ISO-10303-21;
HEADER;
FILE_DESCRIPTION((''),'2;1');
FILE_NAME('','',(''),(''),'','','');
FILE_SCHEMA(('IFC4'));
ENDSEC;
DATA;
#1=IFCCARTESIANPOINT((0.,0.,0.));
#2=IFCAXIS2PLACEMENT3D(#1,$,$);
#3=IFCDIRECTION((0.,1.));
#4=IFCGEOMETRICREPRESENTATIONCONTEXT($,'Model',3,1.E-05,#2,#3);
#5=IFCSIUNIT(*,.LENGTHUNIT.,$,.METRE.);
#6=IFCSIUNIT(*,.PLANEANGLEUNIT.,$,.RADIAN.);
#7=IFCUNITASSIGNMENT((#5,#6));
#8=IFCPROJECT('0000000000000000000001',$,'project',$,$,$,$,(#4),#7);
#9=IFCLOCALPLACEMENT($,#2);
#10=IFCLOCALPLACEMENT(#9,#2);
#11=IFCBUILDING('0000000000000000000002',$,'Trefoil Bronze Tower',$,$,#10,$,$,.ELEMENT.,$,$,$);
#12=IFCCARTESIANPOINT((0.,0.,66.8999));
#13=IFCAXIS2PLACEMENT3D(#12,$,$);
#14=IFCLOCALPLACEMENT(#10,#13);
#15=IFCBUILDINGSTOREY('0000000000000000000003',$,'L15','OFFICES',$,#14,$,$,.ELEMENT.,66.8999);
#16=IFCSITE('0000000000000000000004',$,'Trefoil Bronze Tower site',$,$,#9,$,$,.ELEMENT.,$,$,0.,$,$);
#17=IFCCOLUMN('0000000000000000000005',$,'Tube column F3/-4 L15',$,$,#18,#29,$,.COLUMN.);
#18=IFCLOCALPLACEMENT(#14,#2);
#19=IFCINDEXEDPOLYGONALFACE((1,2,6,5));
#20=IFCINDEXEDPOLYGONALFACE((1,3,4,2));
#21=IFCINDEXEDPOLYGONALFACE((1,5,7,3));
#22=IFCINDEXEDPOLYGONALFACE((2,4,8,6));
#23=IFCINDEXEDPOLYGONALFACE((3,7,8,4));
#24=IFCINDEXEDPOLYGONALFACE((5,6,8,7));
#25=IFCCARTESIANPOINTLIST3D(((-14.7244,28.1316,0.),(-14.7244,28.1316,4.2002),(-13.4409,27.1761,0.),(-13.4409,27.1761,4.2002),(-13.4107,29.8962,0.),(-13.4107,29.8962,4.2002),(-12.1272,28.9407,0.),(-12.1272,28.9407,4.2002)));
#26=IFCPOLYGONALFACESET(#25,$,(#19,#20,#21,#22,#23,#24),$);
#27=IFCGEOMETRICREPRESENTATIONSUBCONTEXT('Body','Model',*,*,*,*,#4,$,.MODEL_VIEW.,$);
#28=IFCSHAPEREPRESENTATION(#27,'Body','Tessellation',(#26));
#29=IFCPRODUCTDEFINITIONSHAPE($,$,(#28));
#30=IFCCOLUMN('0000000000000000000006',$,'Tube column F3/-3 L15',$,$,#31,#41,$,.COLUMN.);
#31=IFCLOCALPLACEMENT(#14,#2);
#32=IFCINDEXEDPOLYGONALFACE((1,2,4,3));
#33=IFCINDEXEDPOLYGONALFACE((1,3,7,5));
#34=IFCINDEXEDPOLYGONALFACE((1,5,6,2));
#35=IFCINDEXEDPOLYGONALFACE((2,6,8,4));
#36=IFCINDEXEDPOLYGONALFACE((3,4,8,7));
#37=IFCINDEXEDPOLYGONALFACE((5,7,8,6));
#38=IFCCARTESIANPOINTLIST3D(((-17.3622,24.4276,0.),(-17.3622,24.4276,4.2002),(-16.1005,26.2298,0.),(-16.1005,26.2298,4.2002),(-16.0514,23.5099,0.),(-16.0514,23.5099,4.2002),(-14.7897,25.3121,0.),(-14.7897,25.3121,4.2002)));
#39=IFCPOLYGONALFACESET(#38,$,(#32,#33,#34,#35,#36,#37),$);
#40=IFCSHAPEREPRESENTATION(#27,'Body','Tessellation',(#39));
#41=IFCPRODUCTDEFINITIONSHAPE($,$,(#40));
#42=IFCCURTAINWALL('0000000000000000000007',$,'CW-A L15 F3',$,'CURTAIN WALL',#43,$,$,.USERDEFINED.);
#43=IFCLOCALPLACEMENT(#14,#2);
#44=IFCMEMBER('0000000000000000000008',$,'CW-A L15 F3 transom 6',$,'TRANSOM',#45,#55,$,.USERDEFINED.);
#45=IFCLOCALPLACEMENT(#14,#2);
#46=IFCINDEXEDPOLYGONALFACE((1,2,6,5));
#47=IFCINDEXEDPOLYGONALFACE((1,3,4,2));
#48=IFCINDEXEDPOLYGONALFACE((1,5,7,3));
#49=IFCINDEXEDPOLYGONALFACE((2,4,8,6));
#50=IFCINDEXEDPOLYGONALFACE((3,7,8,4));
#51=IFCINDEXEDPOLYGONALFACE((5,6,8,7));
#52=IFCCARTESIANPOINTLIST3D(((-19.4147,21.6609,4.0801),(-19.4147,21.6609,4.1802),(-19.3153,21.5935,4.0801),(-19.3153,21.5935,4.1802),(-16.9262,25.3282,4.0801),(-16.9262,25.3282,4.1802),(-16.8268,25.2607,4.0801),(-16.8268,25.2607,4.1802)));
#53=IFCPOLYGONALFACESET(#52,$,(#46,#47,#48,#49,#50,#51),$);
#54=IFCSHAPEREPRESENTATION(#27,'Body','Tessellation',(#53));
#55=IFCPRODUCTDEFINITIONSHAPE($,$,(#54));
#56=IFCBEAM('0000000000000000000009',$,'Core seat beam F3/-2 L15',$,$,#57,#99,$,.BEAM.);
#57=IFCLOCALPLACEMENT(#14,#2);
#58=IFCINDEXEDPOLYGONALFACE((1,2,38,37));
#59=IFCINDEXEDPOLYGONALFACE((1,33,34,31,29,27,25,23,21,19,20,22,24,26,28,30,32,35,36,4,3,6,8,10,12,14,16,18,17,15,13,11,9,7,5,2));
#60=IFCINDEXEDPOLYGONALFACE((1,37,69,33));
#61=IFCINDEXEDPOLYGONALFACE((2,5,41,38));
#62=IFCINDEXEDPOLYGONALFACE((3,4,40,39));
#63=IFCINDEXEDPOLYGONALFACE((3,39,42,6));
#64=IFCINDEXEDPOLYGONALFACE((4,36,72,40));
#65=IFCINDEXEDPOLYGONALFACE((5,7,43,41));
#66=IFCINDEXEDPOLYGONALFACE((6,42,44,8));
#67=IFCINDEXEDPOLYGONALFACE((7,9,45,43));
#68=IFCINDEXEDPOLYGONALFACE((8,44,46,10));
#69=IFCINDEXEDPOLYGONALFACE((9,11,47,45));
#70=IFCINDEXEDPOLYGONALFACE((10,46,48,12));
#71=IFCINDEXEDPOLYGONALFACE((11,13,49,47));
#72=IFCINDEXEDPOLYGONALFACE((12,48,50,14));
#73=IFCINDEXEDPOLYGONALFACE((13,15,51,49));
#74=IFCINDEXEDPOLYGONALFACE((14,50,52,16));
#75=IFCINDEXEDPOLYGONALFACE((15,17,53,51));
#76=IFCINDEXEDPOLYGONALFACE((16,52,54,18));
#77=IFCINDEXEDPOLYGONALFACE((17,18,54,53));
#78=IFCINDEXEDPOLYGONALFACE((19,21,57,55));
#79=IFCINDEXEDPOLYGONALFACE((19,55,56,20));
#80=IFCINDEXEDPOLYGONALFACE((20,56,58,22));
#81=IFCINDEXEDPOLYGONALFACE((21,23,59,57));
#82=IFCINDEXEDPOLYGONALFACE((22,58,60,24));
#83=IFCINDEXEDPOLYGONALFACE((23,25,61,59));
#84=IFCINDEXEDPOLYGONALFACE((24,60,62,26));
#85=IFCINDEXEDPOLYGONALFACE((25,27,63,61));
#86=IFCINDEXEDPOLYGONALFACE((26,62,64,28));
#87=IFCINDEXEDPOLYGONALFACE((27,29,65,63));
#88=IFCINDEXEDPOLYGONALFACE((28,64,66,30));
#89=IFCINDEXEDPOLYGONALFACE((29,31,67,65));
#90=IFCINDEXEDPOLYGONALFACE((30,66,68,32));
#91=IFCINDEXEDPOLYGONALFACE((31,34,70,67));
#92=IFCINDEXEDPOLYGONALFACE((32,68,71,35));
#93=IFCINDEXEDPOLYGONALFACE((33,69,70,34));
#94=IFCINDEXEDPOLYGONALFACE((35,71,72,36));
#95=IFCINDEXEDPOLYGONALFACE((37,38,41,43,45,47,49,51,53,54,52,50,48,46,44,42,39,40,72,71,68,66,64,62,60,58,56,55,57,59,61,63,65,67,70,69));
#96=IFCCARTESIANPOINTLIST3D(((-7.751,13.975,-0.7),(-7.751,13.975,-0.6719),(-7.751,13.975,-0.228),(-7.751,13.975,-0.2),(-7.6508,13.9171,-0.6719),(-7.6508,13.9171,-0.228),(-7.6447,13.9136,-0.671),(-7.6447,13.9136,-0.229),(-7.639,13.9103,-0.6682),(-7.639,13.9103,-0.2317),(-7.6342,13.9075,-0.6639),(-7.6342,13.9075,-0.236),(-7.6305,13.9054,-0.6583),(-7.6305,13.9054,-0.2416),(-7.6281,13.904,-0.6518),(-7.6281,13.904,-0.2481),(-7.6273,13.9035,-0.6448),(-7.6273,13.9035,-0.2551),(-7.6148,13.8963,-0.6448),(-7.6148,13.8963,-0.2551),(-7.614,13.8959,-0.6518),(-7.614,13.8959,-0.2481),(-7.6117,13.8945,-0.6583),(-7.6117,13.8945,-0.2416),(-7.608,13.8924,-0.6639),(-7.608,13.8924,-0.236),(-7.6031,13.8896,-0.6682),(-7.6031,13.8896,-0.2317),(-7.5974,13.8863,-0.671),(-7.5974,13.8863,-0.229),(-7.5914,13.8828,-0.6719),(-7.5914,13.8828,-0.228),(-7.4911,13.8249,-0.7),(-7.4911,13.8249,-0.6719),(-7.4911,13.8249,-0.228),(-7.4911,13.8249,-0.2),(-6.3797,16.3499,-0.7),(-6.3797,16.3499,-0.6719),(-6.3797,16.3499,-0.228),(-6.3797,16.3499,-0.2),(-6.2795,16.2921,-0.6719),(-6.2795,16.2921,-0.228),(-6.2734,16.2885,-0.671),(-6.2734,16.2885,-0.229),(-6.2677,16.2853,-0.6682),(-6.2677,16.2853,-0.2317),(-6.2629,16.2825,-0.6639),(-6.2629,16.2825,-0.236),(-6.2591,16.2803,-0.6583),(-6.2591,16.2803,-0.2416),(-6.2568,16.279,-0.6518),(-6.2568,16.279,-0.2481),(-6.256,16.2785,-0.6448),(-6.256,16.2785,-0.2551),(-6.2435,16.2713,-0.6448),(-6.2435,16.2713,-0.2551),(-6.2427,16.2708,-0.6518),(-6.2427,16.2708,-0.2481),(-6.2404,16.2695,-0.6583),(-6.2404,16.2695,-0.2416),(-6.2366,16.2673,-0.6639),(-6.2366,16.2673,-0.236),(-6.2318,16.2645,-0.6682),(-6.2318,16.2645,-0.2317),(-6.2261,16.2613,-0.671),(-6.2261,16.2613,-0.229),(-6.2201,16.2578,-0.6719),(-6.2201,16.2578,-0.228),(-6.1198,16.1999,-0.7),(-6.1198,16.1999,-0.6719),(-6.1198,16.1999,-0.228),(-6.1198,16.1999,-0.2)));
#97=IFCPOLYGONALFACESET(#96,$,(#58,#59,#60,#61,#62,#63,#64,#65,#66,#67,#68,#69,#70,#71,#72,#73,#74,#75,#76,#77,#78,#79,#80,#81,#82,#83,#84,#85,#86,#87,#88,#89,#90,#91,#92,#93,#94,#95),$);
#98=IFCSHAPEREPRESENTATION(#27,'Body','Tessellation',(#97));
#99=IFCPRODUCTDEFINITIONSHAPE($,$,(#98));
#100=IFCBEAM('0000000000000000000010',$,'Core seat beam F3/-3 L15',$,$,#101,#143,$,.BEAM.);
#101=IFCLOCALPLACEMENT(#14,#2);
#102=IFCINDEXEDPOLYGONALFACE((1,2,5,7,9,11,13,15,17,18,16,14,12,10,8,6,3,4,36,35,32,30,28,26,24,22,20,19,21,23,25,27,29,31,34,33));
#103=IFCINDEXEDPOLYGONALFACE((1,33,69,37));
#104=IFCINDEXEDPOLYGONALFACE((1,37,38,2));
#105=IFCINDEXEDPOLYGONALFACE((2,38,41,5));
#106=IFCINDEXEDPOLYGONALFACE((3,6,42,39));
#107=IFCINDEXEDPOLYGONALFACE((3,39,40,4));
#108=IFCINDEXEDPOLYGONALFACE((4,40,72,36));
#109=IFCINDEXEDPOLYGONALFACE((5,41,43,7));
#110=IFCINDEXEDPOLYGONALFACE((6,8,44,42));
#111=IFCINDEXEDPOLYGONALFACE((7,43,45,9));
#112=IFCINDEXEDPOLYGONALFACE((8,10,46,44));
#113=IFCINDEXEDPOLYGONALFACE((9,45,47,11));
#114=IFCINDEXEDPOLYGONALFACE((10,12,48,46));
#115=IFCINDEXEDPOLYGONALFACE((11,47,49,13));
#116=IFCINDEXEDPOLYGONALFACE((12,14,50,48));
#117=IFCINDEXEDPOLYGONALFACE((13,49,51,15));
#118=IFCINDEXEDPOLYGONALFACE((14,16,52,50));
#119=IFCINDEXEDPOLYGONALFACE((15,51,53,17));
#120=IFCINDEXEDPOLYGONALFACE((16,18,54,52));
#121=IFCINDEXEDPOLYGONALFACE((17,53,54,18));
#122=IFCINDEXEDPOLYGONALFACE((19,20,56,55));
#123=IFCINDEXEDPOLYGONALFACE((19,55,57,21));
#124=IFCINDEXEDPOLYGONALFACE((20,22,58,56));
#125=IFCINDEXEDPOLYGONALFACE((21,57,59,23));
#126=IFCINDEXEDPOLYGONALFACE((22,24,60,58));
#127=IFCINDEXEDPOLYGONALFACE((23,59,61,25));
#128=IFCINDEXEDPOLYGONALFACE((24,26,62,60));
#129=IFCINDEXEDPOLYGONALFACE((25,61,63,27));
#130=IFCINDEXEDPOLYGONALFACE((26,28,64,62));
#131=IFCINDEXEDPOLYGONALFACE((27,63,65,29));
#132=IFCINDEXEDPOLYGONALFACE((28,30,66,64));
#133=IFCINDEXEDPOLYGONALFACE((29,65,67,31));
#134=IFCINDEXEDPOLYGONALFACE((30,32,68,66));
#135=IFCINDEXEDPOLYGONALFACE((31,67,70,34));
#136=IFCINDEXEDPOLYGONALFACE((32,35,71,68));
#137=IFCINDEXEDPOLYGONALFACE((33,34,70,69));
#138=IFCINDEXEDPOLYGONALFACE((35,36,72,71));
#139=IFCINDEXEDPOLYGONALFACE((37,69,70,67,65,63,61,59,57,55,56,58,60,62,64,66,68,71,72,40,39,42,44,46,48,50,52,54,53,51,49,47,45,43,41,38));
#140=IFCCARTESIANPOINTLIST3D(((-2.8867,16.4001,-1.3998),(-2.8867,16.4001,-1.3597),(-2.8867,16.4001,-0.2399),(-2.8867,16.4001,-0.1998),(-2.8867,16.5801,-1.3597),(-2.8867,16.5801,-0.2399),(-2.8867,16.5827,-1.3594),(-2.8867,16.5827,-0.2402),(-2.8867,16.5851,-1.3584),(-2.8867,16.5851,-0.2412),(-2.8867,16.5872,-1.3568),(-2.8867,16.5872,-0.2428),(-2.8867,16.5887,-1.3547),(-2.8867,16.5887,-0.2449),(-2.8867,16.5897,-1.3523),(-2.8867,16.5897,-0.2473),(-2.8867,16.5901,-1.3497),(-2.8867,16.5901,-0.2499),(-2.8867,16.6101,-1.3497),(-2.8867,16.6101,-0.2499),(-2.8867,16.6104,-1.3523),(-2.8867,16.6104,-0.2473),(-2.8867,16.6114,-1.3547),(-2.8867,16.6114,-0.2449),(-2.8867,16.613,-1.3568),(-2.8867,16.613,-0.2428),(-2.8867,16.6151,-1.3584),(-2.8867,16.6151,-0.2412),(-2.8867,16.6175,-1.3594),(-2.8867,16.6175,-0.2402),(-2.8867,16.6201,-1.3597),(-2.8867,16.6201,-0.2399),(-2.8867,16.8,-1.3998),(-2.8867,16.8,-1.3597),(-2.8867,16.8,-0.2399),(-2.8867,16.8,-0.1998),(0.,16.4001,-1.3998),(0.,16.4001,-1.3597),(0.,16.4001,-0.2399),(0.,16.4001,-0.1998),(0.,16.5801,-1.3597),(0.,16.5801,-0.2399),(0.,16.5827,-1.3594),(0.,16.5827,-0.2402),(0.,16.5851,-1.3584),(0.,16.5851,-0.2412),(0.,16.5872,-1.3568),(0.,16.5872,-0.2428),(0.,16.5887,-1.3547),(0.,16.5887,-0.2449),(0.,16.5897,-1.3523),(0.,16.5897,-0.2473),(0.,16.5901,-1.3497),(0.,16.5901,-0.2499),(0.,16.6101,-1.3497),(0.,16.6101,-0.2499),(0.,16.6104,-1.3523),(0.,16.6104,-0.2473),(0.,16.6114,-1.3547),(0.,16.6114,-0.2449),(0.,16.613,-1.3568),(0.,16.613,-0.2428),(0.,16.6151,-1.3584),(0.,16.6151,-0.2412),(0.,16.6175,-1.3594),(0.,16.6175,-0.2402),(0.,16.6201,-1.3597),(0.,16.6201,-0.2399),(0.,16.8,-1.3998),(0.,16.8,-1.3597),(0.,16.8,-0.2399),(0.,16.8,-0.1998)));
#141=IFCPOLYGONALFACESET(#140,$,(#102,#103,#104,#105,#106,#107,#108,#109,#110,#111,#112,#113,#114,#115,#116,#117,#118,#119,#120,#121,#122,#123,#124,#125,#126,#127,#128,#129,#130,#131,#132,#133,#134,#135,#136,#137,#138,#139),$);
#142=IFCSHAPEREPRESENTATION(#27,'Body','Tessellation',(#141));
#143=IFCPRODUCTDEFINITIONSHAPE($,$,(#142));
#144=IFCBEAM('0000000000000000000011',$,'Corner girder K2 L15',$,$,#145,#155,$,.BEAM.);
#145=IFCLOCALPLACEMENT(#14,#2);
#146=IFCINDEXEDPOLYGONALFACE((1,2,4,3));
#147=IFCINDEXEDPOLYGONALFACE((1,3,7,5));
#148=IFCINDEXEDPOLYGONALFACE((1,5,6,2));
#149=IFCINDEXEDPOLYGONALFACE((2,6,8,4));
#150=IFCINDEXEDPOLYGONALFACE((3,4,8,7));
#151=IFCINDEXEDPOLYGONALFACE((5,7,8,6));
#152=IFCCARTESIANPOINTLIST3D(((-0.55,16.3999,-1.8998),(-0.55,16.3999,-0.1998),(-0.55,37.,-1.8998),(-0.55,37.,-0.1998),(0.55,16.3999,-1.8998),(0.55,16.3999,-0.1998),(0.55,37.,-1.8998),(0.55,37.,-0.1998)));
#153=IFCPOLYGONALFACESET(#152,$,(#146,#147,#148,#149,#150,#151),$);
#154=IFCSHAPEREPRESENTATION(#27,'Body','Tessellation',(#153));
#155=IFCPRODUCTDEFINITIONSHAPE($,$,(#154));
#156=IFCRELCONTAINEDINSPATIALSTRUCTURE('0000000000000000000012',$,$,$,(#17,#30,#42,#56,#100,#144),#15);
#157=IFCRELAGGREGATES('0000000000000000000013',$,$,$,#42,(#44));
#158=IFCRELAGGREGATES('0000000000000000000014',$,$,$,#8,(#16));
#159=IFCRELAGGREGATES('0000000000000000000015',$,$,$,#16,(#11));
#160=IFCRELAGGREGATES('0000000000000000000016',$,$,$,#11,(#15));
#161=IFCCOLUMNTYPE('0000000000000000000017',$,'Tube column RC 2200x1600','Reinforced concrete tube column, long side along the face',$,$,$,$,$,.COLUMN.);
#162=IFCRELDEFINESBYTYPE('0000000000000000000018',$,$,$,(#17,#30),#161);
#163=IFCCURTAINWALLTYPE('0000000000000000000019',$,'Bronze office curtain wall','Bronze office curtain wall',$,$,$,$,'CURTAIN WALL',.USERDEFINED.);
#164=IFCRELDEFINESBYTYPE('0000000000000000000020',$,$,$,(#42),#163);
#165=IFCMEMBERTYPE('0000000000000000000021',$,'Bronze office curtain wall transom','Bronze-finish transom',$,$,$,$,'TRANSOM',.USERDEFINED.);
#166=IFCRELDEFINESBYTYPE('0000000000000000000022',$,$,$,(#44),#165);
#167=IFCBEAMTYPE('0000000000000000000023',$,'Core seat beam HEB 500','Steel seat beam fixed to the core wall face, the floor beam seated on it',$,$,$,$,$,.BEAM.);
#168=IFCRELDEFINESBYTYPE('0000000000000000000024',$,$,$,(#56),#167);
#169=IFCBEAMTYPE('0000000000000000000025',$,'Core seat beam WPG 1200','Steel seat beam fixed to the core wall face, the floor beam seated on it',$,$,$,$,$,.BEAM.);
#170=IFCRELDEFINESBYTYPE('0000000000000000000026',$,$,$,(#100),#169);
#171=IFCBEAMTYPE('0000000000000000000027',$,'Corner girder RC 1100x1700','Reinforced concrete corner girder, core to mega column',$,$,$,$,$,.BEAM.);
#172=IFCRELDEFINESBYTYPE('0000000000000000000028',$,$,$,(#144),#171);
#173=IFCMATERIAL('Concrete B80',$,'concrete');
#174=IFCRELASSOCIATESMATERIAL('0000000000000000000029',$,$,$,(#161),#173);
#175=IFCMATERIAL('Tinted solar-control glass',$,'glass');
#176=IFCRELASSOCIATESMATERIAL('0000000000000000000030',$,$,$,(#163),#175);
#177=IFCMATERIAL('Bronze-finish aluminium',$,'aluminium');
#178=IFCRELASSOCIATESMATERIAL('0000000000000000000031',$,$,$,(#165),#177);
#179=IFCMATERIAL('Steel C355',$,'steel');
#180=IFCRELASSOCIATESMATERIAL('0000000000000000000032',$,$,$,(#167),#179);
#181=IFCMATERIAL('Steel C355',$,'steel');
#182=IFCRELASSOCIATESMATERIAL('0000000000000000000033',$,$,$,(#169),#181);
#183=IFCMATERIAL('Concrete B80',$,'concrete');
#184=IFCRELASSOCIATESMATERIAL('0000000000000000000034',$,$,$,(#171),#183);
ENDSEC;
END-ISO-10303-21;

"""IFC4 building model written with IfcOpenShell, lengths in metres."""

from ifc_helpers import new_model, si_unit, direction, frame, origin, origin_2d, place, context, subcontext, project, spatial, rectangle, i_section, extrude, material, material_profile, profile_set, type_object, element, aggregate, save


model = new_model("IFC4")

# Units and contexts
model_context = context("Model", 3, precision=1e-05, world=origin(), true_north=direction((0.0, 1.0)))
body_context = subcontext(model_context, "Body", "Model", "MODEL_VIEW")
ifc_project = project(units=[si_unit("LENGTHUNIT", "METRE"), si_unit("PLANEANGLEUNIT", "RADIAN")], contexts=[model_context])

# Site, building, storey
site_placement = place(None, origin())
site = spatial("IfcSite", under=ifc_project, at=site_placement, Name="Trefoil Bronze Tower site", CompositionType="ELEMENT", RefElevation=0.0)
building_placement = place(site_placement, origin())
building = spatial("IfcBuilding", under=site, at=building_placement, Name="Trefoil Bronze Tower", CompositionType="ELEMENT")
storey_placement = place(building_placement, frame((0.0, 0.0, 66.8999)))
storey = spatial("IfcBuildingStorey", under=building, at=storey_placement, Name="L15", Description="OFFICES", CompositionType="ELEMENT", Elevation=66.8999)

# Columns
ifc_material_1 = material(Name="Concrete B80", Category="concrete")
ifc_material_profile_1 = material_profile(ifc_material_1, rectangle(XDim=2.2, YDim=1.6001, at=origin_2d()), Name="RC 2200x1600")
ifc_profile_set_1 = profile_set([ifc_material_profile_1], Name="Concrete B80")
column_type = type_object("IfcColumnType", Name="Tube column RC 2200x1600", Description="Reinforced concrete tube column, long side along the face", PredefinedType="COLUMN", material=ifc_profile_set_1)
for number, where, z_axis, x_axis, name in (
    (1, (-13.4258, 28.5361, 0.0), (0.0, 0.0, 1.0), (-0.597154, -0.802127, 0.0), "Tube column F3/-4 L15"),
    (2, (-16.0759, 24.8699, 0.0), (0.0, 0.0, 1.0), (-0.573502, -0.819204, 0.0), "Tube column F3/-3 L15"),
):
    element("IfcColumn", number, at=place(storey_placement, frame(where, z_axis=z_axis, x_axis=x_axis)), inside=storey, type_object=column_type, Name=name, PredefinedType="COLUMN", context=body_context, shape_type="SweptSolid", body=[
        extrude(rectangle(XDim=2.2, YDim=1.6001, at=origin_2d()), origin(), (0.0, 0.0, 1.0), 4.2002),
    ])

# Curtain wall, member
ifc_material_2 = material(Name="Tinted solar-control glass", Category="glass")
curtain_wall_type = type_object("IfcCurtainWallType", Name="Bronze office curtain wall", Description="Bronze office curtain wall", ElementType="CURTAIN WALL", PredefinedType="USERDEFINED", material=ifc_material_2)
curtain_wall_placement = place(storey_placement, origin())
curtain_wall = element("IfcCurtainWall", 3, at=curtain_wall_placement, inside=storey, type_object=curtain_wall_type, Name="CW-A L15 F3", ObjectType="CURTAIN WALL", PredefinedType="USERDEFINED")
ifc_material_3 = material(Name="Bronze-finish aluminium", Category="aluminium")
ifc_material_profile_2 = material_profile(ifc_material_3, rectangle(XDim=0.1201, YDim=0.1001, at=origin_2d()), Name="CW-A transom")
ifc_profile_set_2 = profile_set([ifc_material_profile_2], Name="Bronze-finish aluminium")
member_type = type_object("IfcMemberType", Name="Bronze office curtain wall transom", Description="Bronze-finish transom", ElementType="TRANSOM", PredefinedType="USERDEFINED", material=ifc_profile_set_2)
member_placement = place(storey_placement, frame((-16.8765, 25.2944, 4.1301), z_axis=(-0.561508, -0.827471, 0.0), x_axis=(0.827471, -0.561508, 0.0)))
member = element("IfcMember", 4, at=member_placement, type_object=member_type, Name="CW-A L15 F3 transom 6", ObjectType="TRANSOM", PredefinedType="USERDEFINED", context=body_context, shape_type="SweptSolid", body=[
    extrude(rectangle(XDim=0.1201, YDim=0.1001, at=origin_2d()), origin(), (0.0, 0.0, 1.0), 4.4319),
])

# Beams
ifc_material_4 = material(Name="Steel C355", Category="steel")
ifc_material_profile_3 = material_profile(ifc_material_4, i_section(OverallWidth=0.3, OverallDepth=0.5, WebThickness=0.0144, FlangeThickness=0.0281, FilletRadius=0.0271, at=origin_2d()), Name="HEB 500")
ifc_profile_set_3 = profile_set([ifc_material_profile_3], Name="Steel C355")
beam_type_1 = type_object("IfcBeamType", Name="Core seat beam HEB 500", Description="Steel seat beam fixed to the core wall face, the floor beam seated on it", PredefinedType="BEAM", material=ifc_profile_set_3)
beam_1_placement = place(storey_placement, frame((-6.2498, 16.2749, -0.45), z_axis=(-0.500036, -0.866005, 0.0), x_axis=(0.866005, -0.500036, 0.0)))
element("IfcBeam", 5, at=beam_1_placement, inside=storey, type_object=beam_type_1, Name="Core seat beam F3/-2 L15", PredefinedType="BEAM", context=body_context, shape_type="SweptSolid", body=[
    extrude(i_section(OverallWidth=0.3, OverallDepth=0.5, WebThickness=0.0144, FlangeThickness=0.0281, FilletRadius=0.0271, at=origin_2d()), origin(), (0.0, 0.0, 1.0), 2.7424),
])
ifc_material_5 = material(Name="Steel C355", Category="steel")
ifc_material_profile_4 = material_profile(ifc_material_5, i_section(OverallWidth=0.3999, OverallDepth=1.2, WebThickness=0.02, FlangeThickness=0.04, FilletRadius=0.01, at=origin_2d()), Name="WPG 1200")
ifc_profile_set_4 = profile_set([ifc_material_profile_4], Name="Steel C355")
beam_type_2 = type_object("IfcBeamType", Name="Core seat beam WPG 1200", Description="Steel seat beam fixed to the core wall face, the floor beam seated on it", PredefinedType="BEAM", material=ifc_profile_set_4)
beam_2_placement = place(storey_placement, frame((0.0, 16.6001, -0.7998), z_axis=(-1.0, 0.0, 0.0), x_axis=(0.0, -1.0, 0.0)))
element("IfcBeam", 6, at=beam_2_placement, inside=storey, type_object=beam_type_2, Name="Core seat beam F3/-3 L15", PredefinedType="BEAM", context=body_context, shape_type="SweptSolid", body=[
    extrude(i_section(OverallWidth=0.3999, OverallDepth=1.2, WebThickness=0.02, FlangeThickness=0.04, FilletRadius=0.01, at=origin_2d()), origin(), (0.0, 0.0, 1.0), 2.8867),
])
ifc_material_6 = material(Name="Concrete B80", Category="concrete")
ifc_material_profile_5 = material_profile(ifc_material_6, rectangle(XDim=1.1001, YDim=1.7, at=origin_2d()), Name="RC 1100x1700")
ifc_profile_set_5 = profile_set([ifc_material_profile_5], Name="Concrete B80")
beam_type_3 = type_object("IfcBeamType", Name="Corner girder RC 1100x1700", Description="Reinforced concrete corner girder, core to mega column", PredefinedType="BEAM", material=ifc_profile_set_5)
beam_3_placement = place(storey_placement, frame((0.0, 16.3999, -1.0498), z_axis=(0.0, 1.0, 0.0), x_axis=(-1.0, 0.0, 0.0)))
element("IfcBeam", 7, at=beam_3_placement, inside=storey, type_object=beam_type_3, Name="Corner girder K2 L15", PredefinedType="BEAM", context=body_context, shape_type="SweptSolid", body=[
    extrude(rectangle(XDim=1.1001, YDim=1.7, at=origin_2d()), origin(), (0.0, 0.0, 1.0), 20.6001),
])

aggregate(curtain_wall, [member])

save(model, "model.ifc")
